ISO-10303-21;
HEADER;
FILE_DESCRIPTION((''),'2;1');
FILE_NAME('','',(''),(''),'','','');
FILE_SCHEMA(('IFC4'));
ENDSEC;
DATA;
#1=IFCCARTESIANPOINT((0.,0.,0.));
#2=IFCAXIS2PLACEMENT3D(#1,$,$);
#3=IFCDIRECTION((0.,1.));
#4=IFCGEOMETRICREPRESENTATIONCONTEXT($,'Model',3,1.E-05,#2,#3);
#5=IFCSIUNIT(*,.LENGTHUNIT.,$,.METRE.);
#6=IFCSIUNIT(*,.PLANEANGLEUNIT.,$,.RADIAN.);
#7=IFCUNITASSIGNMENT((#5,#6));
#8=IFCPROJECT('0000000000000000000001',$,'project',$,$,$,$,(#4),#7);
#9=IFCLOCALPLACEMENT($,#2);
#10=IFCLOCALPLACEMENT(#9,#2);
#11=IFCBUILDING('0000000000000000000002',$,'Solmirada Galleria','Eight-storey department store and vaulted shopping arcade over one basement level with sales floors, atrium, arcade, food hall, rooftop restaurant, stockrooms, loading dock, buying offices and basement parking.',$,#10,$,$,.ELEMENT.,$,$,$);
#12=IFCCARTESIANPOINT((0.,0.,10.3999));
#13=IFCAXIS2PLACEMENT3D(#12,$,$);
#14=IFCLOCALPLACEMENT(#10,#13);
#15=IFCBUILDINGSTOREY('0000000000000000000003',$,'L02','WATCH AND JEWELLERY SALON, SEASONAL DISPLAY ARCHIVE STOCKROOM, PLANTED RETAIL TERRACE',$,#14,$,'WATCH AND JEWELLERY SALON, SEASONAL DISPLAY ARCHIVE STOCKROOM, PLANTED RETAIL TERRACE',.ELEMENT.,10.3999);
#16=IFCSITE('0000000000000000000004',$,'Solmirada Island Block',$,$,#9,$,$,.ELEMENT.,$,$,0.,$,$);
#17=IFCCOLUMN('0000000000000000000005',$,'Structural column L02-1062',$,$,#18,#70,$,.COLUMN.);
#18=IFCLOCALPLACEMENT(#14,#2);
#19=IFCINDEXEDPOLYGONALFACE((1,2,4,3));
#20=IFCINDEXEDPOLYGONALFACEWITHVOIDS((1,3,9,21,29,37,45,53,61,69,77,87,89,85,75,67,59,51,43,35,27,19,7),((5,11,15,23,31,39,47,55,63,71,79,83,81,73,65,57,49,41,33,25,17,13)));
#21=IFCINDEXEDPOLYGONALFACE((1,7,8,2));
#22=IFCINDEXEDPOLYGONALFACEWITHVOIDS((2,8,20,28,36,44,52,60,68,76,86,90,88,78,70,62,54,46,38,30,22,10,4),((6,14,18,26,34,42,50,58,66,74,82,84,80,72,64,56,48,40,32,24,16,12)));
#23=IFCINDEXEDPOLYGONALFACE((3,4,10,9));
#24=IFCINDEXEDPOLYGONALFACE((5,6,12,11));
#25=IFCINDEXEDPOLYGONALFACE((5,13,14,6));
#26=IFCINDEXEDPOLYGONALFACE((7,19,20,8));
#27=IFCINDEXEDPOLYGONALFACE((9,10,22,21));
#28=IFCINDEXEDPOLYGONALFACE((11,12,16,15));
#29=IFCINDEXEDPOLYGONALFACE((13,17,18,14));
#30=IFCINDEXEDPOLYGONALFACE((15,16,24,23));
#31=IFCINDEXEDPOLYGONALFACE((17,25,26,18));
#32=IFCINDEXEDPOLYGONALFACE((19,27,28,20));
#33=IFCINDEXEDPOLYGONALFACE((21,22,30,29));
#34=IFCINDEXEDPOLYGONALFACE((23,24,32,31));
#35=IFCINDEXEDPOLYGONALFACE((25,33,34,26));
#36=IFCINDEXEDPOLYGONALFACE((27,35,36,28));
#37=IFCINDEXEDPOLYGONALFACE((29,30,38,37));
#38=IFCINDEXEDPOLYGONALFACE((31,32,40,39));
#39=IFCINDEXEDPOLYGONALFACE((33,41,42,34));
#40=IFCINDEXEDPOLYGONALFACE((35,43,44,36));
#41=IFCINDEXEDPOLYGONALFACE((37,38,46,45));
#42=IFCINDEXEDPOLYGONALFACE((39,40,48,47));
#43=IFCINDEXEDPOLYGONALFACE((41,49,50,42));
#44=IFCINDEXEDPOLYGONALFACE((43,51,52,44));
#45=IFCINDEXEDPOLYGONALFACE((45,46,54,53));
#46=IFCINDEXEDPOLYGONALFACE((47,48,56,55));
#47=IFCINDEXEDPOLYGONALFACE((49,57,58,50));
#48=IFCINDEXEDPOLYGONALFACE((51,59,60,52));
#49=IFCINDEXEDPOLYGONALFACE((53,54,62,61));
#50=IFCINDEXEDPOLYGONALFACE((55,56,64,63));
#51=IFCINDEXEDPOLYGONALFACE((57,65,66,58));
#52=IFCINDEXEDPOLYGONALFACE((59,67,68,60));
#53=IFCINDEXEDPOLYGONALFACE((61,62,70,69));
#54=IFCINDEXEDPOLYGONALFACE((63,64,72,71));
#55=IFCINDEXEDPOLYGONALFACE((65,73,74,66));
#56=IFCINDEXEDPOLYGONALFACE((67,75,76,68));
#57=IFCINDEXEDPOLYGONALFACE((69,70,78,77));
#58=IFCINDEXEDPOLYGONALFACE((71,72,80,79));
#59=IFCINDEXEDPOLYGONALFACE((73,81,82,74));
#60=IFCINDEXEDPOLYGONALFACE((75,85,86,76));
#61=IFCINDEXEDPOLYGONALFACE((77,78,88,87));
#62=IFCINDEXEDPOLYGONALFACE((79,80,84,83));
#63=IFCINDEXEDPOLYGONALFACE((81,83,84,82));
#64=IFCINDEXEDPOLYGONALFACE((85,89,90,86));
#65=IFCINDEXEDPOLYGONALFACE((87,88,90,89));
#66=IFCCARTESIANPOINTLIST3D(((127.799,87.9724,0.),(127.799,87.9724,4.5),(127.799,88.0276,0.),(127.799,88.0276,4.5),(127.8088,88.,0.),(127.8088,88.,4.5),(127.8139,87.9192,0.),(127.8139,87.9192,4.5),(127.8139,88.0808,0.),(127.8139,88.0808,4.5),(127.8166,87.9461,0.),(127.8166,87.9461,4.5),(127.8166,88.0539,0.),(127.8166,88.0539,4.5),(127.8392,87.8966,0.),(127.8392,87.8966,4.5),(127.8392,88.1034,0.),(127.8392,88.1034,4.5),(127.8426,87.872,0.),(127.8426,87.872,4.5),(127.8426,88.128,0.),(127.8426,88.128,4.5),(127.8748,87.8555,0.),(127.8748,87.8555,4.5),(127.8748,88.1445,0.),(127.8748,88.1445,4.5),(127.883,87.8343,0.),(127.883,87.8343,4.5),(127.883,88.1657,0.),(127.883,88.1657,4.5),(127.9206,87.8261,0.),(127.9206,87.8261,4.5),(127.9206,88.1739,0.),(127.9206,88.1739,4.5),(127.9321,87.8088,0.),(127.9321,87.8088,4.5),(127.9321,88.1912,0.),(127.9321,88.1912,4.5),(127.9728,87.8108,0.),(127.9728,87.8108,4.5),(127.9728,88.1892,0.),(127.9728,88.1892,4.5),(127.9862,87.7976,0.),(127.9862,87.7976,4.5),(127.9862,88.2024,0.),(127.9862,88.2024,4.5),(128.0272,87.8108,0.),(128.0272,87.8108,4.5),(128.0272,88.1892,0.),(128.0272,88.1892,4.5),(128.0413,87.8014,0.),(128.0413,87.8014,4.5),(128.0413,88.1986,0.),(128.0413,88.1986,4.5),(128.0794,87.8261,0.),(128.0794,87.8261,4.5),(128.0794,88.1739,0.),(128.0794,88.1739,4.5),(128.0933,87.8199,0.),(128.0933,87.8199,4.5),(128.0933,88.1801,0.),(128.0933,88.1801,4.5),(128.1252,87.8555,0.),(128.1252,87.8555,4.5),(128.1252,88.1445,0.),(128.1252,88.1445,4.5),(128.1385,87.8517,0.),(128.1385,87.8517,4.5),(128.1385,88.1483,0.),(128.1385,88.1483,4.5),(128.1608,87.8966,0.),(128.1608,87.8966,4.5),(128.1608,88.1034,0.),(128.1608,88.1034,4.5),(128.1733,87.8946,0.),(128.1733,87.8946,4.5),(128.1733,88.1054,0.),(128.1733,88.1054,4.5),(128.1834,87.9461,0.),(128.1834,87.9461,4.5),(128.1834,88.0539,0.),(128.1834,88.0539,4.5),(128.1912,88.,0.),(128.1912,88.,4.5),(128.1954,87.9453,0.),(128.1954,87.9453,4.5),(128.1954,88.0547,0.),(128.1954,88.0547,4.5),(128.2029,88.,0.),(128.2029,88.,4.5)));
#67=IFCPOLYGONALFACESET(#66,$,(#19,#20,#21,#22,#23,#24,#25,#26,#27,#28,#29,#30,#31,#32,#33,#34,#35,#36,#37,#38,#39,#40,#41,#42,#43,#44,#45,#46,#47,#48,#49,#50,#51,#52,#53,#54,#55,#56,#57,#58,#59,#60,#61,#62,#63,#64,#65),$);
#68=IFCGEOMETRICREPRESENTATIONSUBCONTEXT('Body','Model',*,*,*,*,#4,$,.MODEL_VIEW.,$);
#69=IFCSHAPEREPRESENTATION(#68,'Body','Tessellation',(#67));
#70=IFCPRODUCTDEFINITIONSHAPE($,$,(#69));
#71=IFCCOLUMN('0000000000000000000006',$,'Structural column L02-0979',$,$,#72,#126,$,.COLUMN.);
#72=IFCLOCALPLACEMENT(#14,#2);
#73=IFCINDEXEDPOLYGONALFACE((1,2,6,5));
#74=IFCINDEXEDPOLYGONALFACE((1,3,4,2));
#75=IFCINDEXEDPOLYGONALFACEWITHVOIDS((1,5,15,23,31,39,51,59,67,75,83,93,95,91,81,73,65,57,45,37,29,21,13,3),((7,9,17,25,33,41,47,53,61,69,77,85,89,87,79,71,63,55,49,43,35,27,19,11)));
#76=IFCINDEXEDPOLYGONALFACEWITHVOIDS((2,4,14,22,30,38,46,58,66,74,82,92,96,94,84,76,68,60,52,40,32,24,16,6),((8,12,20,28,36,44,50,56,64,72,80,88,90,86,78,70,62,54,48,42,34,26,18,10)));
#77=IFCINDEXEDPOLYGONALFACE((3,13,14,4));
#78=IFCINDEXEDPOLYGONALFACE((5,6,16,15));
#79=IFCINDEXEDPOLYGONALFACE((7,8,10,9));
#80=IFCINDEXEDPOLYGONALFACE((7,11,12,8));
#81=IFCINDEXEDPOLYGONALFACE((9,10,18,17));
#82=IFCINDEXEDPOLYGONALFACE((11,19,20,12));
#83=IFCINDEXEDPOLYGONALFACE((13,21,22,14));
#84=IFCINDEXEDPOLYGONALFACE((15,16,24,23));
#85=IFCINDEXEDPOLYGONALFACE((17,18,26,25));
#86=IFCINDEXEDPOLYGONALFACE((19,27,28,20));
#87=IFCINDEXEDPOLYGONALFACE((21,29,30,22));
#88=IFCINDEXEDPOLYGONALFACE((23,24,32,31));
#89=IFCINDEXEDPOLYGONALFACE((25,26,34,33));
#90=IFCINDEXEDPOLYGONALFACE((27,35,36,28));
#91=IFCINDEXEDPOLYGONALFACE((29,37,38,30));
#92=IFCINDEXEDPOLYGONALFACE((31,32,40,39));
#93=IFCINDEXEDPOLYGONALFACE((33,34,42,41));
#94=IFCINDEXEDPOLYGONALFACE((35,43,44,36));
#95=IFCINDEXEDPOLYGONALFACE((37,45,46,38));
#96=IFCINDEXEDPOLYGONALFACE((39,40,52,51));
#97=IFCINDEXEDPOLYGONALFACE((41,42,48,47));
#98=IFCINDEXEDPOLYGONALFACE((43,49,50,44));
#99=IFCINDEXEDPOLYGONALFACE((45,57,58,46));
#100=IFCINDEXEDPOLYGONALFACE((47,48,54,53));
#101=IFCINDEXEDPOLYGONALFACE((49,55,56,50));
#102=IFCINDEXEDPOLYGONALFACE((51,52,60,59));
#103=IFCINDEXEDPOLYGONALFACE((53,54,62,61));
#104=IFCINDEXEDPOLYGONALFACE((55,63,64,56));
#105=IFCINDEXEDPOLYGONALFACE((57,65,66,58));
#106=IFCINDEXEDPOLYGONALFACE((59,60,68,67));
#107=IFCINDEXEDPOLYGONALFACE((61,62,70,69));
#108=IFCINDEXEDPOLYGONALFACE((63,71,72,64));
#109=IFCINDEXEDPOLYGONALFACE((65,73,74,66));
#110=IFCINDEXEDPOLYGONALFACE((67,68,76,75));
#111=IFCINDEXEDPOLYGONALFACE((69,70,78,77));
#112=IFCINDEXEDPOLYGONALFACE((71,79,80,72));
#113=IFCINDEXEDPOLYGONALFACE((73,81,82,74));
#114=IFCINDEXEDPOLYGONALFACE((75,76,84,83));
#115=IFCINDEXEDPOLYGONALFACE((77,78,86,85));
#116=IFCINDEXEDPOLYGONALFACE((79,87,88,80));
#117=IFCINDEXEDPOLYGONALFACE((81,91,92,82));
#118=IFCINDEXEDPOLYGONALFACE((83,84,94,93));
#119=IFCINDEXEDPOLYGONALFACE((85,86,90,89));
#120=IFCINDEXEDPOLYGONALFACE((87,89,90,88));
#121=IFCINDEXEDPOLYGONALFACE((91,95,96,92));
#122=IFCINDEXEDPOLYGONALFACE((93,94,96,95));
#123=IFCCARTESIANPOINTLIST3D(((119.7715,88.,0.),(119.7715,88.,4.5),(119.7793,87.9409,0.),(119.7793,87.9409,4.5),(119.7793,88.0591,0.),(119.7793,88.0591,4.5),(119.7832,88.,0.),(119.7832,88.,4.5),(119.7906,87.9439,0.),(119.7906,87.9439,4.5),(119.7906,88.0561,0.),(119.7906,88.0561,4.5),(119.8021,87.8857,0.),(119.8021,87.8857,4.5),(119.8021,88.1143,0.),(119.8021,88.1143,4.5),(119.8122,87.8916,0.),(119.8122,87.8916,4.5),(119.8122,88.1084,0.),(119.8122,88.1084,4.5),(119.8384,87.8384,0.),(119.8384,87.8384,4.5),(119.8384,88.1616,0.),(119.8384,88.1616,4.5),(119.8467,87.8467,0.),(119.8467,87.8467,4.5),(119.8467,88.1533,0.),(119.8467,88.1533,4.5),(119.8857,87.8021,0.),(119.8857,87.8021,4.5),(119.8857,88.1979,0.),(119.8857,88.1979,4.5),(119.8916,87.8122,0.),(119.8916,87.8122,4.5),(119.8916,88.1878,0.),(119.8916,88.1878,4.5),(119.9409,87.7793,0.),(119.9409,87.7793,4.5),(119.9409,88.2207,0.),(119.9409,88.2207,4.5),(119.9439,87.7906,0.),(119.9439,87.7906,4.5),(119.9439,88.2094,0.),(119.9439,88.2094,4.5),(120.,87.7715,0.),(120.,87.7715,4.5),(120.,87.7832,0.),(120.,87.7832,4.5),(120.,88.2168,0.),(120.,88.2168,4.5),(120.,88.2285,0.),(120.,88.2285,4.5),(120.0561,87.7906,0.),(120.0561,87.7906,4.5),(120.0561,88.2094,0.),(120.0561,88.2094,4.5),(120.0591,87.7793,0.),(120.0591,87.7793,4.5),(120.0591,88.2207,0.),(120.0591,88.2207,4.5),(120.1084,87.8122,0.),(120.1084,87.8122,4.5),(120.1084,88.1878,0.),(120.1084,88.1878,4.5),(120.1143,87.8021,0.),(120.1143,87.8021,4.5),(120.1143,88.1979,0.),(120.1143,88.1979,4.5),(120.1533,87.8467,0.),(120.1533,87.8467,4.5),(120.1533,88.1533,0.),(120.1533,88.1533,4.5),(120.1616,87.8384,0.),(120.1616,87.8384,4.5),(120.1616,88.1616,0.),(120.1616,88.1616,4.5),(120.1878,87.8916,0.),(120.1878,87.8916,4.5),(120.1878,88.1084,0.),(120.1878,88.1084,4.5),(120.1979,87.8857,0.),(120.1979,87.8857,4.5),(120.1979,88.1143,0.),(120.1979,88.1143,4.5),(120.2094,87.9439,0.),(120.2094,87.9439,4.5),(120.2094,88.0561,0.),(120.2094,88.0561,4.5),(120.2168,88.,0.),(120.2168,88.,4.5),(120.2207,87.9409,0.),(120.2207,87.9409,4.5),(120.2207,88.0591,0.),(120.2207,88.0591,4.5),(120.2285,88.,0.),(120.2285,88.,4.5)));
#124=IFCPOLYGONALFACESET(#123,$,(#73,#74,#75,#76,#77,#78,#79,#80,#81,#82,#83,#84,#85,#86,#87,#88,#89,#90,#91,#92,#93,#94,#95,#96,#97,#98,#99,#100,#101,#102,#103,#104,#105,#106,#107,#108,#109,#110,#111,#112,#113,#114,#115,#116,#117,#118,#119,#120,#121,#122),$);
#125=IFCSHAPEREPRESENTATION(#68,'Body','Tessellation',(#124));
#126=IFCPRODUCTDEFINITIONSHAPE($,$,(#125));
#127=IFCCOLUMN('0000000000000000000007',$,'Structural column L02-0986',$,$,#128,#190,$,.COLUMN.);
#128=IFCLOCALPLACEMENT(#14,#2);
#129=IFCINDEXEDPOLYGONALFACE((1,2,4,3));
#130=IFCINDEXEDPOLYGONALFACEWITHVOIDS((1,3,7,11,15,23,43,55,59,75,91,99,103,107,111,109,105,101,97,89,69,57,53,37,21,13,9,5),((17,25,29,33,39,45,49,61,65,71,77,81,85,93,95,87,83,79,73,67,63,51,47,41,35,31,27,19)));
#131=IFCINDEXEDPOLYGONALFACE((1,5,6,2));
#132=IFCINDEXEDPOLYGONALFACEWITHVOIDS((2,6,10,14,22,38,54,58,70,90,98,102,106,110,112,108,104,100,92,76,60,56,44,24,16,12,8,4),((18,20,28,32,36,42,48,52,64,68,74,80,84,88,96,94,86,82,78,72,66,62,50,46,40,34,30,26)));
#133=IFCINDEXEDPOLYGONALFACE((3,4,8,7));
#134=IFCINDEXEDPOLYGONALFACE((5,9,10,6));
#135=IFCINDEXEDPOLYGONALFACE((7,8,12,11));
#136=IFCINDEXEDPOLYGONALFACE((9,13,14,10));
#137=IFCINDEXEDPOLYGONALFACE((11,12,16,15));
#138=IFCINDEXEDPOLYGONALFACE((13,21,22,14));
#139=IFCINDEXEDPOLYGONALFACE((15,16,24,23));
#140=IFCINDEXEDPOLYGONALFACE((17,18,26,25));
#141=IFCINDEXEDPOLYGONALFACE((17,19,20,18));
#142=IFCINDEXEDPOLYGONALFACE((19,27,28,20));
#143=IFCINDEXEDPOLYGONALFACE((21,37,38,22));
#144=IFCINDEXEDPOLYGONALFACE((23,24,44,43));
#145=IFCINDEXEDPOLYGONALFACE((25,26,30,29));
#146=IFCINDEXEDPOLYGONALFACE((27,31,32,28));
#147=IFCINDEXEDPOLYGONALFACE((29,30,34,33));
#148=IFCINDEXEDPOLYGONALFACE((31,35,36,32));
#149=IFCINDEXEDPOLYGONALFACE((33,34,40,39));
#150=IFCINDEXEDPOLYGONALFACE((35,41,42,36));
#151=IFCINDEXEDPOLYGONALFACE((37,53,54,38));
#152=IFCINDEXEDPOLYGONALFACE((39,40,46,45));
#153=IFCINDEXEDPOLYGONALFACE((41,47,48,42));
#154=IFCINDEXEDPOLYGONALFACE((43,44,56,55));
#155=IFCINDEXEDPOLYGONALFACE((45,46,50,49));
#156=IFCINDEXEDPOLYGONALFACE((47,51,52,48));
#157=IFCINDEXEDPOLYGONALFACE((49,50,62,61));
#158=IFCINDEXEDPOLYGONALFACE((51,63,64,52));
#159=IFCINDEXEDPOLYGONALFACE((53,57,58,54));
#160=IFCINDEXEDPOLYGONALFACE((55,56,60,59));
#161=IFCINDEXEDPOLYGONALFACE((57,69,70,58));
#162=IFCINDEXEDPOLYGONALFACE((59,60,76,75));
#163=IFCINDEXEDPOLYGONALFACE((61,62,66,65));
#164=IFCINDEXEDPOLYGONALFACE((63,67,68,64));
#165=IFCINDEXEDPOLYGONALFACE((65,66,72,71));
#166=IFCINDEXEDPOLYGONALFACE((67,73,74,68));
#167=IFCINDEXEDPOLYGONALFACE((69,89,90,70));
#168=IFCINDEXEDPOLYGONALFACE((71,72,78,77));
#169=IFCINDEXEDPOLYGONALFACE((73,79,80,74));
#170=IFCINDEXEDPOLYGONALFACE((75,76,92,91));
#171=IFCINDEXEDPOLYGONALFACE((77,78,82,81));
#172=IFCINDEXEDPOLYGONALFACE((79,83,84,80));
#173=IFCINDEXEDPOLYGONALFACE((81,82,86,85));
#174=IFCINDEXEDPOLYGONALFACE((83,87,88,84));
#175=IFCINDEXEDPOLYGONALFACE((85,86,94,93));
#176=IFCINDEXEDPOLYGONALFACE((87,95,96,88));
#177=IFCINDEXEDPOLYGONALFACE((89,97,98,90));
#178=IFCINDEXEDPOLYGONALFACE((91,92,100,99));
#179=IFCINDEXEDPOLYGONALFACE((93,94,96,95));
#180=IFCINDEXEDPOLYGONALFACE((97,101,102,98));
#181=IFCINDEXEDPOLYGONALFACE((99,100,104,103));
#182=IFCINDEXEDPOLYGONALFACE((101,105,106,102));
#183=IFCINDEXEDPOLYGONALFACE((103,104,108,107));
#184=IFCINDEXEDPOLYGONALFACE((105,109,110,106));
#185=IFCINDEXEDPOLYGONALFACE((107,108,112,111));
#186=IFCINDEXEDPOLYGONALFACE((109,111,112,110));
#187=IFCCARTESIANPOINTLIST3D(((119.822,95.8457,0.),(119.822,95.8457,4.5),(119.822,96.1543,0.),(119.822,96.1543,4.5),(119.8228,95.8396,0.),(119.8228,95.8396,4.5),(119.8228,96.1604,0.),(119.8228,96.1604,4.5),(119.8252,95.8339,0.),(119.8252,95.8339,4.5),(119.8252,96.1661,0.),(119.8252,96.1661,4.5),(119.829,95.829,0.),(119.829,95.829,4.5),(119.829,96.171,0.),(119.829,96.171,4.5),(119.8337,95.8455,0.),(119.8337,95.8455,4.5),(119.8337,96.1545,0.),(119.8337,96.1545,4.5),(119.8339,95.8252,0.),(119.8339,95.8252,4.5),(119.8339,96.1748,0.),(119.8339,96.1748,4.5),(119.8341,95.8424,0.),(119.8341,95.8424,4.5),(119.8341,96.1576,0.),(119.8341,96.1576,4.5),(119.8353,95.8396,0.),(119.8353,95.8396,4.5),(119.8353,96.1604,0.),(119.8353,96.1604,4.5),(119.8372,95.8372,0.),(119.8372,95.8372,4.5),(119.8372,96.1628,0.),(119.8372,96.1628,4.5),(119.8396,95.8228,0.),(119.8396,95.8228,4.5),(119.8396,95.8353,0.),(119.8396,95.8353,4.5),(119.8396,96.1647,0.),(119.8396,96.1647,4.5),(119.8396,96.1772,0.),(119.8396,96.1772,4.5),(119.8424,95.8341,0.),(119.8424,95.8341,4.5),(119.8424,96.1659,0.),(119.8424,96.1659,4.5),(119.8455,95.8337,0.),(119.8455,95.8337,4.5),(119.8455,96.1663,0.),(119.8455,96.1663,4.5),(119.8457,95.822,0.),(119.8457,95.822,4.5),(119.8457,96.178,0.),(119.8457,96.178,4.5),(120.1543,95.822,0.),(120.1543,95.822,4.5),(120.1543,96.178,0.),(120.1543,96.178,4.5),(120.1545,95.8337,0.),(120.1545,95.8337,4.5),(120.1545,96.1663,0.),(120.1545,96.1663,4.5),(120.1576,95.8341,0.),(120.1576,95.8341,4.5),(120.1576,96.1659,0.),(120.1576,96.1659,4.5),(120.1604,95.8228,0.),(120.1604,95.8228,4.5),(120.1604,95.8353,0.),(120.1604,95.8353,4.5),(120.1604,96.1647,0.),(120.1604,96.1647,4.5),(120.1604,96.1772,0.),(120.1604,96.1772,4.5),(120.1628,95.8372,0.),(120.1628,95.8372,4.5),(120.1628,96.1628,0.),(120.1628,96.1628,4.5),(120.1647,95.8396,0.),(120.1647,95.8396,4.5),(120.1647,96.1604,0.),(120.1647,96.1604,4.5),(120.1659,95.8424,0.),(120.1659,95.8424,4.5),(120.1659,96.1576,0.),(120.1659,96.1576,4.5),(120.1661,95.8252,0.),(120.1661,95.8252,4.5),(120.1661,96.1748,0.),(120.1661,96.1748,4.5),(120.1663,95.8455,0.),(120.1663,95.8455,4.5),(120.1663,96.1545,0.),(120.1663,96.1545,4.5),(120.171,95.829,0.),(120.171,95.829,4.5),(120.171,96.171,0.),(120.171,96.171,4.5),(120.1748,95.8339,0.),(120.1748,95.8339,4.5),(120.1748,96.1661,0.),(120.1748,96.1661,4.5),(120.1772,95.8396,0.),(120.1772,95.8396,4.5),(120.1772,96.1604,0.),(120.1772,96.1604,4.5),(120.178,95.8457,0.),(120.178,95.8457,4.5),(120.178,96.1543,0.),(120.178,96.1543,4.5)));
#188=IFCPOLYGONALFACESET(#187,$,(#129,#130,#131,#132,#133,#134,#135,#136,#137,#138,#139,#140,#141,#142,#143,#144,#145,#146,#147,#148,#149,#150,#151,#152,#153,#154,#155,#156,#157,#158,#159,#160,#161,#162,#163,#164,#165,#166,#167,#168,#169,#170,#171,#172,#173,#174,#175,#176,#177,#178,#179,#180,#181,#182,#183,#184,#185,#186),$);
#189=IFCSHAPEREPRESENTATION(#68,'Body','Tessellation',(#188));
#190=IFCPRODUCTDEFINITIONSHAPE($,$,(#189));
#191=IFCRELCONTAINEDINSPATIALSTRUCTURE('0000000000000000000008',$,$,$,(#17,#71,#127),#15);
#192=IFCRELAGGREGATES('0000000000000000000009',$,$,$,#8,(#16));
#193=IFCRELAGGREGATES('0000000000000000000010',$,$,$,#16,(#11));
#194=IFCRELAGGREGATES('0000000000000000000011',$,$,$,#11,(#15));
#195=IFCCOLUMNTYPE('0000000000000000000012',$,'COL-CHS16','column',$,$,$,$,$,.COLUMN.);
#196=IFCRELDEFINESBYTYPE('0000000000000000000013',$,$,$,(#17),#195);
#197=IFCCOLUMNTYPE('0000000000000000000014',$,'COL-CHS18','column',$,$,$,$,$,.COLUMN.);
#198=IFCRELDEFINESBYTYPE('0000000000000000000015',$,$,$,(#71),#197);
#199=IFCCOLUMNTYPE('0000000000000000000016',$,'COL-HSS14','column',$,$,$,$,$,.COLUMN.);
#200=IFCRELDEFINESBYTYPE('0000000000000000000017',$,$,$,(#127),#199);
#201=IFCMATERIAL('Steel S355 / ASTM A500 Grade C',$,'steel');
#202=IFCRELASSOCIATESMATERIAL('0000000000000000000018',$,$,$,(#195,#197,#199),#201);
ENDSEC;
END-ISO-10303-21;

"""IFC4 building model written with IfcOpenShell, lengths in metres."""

from ifc_helpers import new_model, si_unit, direction, frame, origin, origin_2d, place, context, subcontext, project, spatial, hollow_rectangle, hollow_circle, extrude, material, material_profile, profile_set, type_object, element, save


model = new_model("IFC4")

# Units and contexts
model_context = context("Model", 3, precision=1e-05, world=origin(), true_north=direction((0.0, 1.0)))
body_context = subcontext(model_context, "Body", "Model", "MODEL_VIEW")
ifc_project = project(units=[si_unit("LENGTHUNIT", "METRE"), si_unit("PLANEANGLEUNIT", "RADIAN")], contexts=[model_context])

# Site, building, storey
site_placement = place(None, origin())
site = spatial("IfcSite", under=ifc_project, at=site_placement, Name="Solmirada Island Block", CompositionType="ELEMENT", RefElevation=0.0)
building_placement = place(site_placement, origin())
building = spatial("IfcBuilding", under=site, at=building_placement, Name="Solmirada Galleria", Description="Eight-storey department store and vaulted shopping arcade over one basement level with sales floors, atrium, arcade, food hall, rooftop restaurant, stockrooms, loading dock, buying offices and basement parking.", CompositionType="ELEMENT")
storey_placement = place(building_placement, frame((0.0, 0.0, 10.3999)))
storey = spatial("IfcBuildingStorey", under=building, at=storey_placement, Name="L02", Description="WATCH AND JEWELLERY SALON, SEASONAL DISPLAY ARCHIVE STOCKROOM, PLANTED RETAIL TERRACE", LongName="WATCH AND JEWELLERY SALON, SEASONAL DISPLAY ARCHIVE STOCKROOM, PLANTED RETAIL TERRACE", CompositionType="ELEMENT", Elevation=10.3999)

# Columns
ifc_material_1 = material(Name="Steel S355 / ASTM A500 Grade C", Category="steel")
ifc_material_profile_1 = material_profile(ifc_material_1, hollow_circle(Radius=0.2029, WallThickness=0.0117, at=origin_2d()), Name="HSS16.000X0.500")
ifc_profile_set_1 = profile_set([ifc_material_profile_1], Name="Steel S355 / ASTM A500 Grade C")
column_type_1 = type_object("IfcColumnType", Name="COL-CHS16", Description="column", PredefinedType="COLUMN", material=ifc_profile_set_1)
column_1_placement = place(storey_placement, frame((128.0, 88.0, 0.0), z_axis=(0.0, 0.0, 1.0), x_axis=(1.0, 0.0, 0.0)))
element("IfcColumn", 1, at=column_1_placement, inside=storey, type_object=column_type_1, Name="Structural column L02-1062", PredefinedType="COLUMN", context=body_context, shape_type="SweptSolid", body=[
    extrude(hollow_circle(Radius=0.2029, WallThickness=0.0117, at=origin_2d()), origin(), (0.0, 0.0, 1.0), 4.5),
])
ifc_material_profile_2 = material_profile(ifc_material_1, hollow_circle(Radius=0.2285, WallThickness=0.0117, at=origin_2d()), Name="HSS18.000X0.500")
ifc_profile_set_2 = profile_set([ifc_material_profile_2], Name="Steel S355 / ASTM A500 Grade C")
column_type_2 = type_object("IfcColumnType", Name="COL-CHS18", Description="column", PredefinedType="COLUMN", material=ifc_profile_set_2)
column_2_placement = place(storey_placement, frame((120.0, 88.0, 0.0), z_axis=(0.0, 0.0, 1.0), x_axis=(1.0, 0.0, 0.0)))
element("IfcColumn", 2, at=column_2_placement, inside=storey, type_object=column_type_2, Name="Structural column L02-0979", PredefinedType="COLUMN", context=body_context, shape_type="SweptSolid", body=[
    extrude(hollow_circle(Radius=0.2285, WallThickness=0.0117, at=origin_2d()), origin(), (0.0, 0.0, 1.0), 4.5),
])
ifc_material_profile_3 = material_profile(ifc_material_1, hollow_rectangle(XDim=0.356, YDim=0.356, WallThickness=0.0117, InnerFilletRadius=0.0117, OuterFilletRadius=0.0237, at=origin_2d()), Name="HSS14X14X1/2")
ifc_profile_set_3 = profile_set([ifc_material_profile_3], Name="Steel S355 / ASTM A500 Grade C")
column_type_3 = type_object("IfcColumnType", Name="COL-HSS14", Description="column", PredefinedType="COLUMN", material=ifc_profile_set_3)
for number, where, z_axis, x_axis, name in (
    (3, (120.0, 96.0, 0.0), (0.0, 0.0, 1.0), (1.0, 0.0, 0.0), "Structural column L02-0986"),
):
    element("IfcColumn", number, at=place(storey_placement, frame(where, z_axis=z_axis, x_axis=x_axis)), inside=storey, type_object=column_type_3, Name=name, PredefinedType="COLUMN", context=body_context, shape_type="SweptSolid", body=[
        extrude(hollow_rectangle(XDim=0.356, YDim=0.356, WallThickness=0.0117, InnerFilletRadius=0.0117, OuterFilletRadius=0.0237, at=origin_2d()), origin(), (0.0, 0.0, 1.0), 4.5),
    ])

save(model, "model.ifc")
